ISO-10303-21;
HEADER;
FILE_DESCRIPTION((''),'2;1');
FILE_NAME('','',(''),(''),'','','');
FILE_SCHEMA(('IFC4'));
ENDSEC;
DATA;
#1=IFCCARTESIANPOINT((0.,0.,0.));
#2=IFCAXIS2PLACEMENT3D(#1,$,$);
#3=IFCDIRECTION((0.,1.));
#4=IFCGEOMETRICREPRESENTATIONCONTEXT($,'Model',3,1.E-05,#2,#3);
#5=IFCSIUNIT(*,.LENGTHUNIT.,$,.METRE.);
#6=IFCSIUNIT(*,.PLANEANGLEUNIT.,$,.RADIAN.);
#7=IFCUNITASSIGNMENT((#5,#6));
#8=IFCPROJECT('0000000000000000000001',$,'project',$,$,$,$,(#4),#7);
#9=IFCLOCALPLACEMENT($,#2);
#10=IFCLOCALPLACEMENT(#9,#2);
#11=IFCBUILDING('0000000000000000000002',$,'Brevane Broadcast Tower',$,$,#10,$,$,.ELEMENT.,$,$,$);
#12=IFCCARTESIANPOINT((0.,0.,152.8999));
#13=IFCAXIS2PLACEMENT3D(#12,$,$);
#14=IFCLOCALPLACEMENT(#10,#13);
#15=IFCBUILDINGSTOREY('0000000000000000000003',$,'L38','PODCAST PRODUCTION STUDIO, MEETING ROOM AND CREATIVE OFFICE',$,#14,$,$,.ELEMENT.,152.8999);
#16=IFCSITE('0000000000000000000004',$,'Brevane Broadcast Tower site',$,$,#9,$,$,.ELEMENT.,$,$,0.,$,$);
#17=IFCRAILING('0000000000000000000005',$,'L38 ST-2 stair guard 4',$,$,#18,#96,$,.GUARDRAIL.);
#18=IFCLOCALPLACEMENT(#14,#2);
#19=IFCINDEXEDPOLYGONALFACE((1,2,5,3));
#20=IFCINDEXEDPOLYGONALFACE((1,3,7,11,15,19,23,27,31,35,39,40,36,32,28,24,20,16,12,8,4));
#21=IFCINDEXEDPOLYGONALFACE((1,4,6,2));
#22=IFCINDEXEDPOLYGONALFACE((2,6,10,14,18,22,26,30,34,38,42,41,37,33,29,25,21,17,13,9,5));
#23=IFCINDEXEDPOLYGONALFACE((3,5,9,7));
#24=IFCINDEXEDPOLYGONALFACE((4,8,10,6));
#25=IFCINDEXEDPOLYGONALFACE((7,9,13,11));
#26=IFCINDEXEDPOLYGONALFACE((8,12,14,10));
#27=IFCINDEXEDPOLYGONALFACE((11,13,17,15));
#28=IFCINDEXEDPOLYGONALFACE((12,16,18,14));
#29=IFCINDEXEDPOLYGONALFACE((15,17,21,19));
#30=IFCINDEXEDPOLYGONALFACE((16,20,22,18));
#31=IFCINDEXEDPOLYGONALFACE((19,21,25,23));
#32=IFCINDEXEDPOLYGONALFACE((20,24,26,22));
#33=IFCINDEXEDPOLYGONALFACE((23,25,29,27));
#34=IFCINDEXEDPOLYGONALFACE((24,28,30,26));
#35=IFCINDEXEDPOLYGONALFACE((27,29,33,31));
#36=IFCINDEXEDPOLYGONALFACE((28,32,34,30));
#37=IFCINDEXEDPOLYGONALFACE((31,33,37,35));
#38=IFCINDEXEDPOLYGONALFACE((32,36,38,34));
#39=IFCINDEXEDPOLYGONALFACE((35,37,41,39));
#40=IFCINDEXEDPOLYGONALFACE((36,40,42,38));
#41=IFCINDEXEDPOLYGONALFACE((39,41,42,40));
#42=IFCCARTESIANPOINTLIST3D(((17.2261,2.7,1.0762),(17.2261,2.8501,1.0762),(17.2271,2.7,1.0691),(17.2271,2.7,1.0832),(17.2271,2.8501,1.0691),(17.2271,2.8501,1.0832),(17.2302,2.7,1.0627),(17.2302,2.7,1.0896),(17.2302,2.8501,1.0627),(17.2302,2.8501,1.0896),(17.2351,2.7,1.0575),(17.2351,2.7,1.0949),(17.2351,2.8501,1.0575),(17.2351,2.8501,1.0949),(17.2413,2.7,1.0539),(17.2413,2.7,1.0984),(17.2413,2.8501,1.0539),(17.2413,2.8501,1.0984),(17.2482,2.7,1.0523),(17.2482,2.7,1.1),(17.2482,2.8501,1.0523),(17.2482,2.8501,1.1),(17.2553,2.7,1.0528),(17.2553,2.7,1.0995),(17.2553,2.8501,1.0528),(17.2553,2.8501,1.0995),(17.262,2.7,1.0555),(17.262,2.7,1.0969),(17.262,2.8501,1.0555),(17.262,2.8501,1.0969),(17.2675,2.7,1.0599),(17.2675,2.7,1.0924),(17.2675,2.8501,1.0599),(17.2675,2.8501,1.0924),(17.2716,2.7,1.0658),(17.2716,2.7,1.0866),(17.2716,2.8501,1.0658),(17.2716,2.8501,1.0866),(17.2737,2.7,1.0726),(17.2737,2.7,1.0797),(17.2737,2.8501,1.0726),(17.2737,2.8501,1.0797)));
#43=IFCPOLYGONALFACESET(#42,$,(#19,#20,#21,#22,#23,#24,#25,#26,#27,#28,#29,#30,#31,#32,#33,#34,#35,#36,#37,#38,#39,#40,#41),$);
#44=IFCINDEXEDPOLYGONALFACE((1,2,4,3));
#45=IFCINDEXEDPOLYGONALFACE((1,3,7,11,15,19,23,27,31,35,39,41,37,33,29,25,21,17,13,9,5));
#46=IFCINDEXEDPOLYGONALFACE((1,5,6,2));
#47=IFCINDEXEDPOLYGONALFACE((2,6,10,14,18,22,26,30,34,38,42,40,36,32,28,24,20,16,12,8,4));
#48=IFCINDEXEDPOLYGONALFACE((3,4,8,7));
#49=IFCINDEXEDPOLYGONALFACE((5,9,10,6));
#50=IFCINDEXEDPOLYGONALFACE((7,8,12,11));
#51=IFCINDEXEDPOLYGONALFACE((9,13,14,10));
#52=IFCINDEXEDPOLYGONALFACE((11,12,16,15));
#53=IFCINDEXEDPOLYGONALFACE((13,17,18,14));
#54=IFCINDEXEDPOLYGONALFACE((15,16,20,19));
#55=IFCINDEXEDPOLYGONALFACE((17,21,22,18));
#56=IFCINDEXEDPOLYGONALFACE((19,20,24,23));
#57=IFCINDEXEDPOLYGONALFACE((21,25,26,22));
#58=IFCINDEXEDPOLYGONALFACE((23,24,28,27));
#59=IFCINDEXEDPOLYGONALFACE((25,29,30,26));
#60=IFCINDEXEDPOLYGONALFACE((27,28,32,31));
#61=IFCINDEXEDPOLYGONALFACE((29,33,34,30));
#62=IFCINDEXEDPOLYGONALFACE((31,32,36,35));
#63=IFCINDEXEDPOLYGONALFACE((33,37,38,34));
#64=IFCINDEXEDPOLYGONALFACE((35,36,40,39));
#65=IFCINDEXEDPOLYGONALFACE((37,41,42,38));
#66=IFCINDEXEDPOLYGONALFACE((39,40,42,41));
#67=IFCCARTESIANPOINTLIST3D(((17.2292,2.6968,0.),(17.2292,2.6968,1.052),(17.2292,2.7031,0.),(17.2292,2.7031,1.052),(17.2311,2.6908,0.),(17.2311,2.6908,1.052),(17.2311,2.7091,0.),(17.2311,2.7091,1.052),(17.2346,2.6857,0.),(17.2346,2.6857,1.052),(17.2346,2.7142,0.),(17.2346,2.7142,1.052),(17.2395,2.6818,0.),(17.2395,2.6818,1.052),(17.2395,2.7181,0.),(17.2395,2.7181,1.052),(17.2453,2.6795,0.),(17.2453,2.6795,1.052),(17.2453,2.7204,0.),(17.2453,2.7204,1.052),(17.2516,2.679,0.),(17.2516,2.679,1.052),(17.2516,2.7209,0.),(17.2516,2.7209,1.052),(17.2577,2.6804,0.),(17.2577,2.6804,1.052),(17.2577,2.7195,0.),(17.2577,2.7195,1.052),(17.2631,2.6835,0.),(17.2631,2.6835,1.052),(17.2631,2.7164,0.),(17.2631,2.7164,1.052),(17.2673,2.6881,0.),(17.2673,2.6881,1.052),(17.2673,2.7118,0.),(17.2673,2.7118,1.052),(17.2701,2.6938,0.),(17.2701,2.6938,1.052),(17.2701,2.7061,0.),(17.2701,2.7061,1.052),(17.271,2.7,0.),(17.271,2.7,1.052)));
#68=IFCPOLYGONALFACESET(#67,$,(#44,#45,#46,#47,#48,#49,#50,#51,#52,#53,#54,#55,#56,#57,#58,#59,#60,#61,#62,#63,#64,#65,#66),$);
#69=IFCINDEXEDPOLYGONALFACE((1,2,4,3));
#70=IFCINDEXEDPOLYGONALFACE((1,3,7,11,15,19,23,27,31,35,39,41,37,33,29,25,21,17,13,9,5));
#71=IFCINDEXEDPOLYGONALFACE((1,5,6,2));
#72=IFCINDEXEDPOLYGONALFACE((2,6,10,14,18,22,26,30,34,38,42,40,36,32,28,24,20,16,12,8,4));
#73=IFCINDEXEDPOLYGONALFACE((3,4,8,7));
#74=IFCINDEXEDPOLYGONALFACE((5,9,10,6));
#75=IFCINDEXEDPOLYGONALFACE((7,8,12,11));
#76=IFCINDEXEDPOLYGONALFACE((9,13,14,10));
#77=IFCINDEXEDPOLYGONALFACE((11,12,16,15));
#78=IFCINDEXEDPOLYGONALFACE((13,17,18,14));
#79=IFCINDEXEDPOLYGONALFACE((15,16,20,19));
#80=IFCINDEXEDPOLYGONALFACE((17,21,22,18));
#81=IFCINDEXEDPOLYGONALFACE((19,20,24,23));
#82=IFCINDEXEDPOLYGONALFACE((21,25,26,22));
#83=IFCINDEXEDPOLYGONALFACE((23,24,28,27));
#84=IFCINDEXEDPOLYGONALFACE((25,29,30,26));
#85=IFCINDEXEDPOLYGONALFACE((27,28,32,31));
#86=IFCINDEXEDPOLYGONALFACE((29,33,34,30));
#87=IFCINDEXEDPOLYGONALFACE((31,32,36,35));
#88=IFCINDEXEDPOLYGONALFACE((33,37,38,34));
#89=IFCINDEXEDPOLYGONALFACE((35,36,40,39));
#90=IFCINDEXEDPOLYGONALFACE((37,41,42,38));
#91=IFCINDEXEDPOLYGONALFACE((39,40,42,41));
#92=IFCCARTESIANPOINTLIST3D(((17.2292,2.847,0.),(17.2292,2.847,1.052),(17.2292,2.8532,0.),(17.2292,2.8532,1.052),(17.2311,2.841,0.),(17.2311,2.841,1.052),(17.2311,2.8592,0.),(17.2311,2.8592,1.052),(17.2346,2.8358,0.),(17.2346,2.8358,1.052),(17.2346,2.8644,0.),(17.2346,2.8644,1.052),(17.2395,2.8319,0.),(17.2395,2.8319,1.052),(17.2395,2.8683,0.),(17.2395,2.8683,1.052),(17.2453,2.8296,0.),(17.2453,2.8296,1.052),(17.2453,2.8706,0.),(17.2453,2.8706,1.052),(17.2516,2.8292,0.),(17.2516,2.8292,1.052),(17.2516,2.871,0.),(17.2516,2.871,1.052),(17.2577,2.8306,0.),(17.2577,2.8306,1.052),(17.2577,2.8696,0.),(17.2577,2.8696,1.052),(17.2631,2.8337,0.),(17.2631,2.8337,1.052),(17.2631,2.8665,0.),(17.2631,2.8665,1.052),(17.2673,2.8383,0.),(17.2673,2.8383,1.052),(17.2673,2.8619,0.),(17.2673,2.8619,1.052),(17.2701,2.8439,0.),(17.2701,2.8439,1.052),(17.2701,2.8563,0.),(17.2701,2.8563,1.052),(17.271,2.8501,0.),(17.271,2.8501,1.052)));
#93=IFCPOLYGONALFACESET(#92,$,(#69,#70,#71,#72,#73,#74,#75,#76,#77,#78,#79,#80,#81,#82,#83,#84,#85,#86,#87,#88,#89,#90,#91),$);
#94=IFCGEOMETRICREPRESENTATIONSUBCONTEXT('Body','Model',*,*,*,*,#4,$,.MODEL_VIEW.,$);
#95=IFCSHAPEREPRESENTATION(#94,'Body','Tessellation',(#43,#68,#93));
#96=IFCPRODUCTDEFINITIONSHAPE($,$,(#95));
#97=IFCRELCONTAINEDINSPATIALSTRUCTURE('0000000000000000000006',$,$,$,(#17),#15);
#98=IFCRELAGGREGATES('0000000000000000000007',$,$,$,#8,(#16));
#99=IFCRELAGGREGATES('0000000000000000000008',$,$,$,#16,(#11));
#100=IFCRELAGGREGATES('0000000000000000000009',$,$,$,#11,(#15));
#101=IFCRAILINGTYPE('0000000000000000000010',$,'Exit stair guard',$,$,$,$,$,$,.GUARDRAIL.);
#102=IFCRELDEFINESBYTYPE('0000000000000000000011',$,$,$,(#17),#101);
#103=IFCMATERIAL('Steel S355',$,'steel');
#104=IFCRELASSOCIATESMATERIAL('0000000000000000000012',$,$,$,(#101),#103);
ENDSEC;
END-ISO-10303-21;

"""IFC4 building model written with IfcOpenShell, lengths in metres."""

from ifc_helpers import new_model, si_unit, direction, frame, origin, origin_2d, place, context, subcontext, project, spatial, circle, extrude, material, type_object, element, save


model = new_model("IFC4")

# Units and contexts
model_context = context("Model", 3, precision=1e-05, world=origin(), true_north=direction((0.0, 1.0)))
body_context = subcontext(model_context, "Body", "Model", "MODEL_VIEW")
ifc_project = project(units=[si_unit("LENGTHUNIT", "METRE"), si_unit("PLANEANGLEUNIT", "RADIAN")], contexts=[model_context])

# Site, building, storey
site_placement = place(None, origin())
site = spatial("IfcSite", under=ifc_project, at=site_placement, Name="Brevane Broadcast Tower site", CompositionType="ELEMENT", RefElevation=0.0)
building_placement = place(site_placement, origin())
building = spatial("IfcBuilding", under=site, at=building_placement, Name="Brevane Broadcast Tower", CompositionType="ELEMENT")
storey_placement = place(building_placement, frame((0.0, 0.0, 152.8999)))
storey = spatial("IfcBuildingStorey", under=building, at=storey_placement, Name="L38", Description="PODCAST PRODUCTION STUDIO, MEETING ROOM AND CREATIVE OFFICE", CompositionType="ELEMENT", Elevation=152.8999)

# Railing
ifc_material_1 = material(Name="Steel S355", Category="steel")
railing_type_1 = type_object("IfcRailingType", Name="Exit stair guard", PredefinedType="GUARDRAIL", material=ifc_material_1)
railing_1_placement = place(storey_placement, frame((17.25, 2.7, 0.0)))
element("IfcRailing", 1, at=railing_1_placement, inside=storey, type_object=railing_type_1, Name="L38 ST-2 stair guard 4", PredefinedType="GUARDRAIL", context=body_context, shape_type="SweptSolid", body=[
    extrude(circle(Radius=0.0239, at=origin_2d()), frame((0.0, 0.0, 1.0762), z_axis=(0.0, 1.0, 0.0), x_axis=(-1.0, 0.0, 0.0)), (0.0, 0.0, 1.0), 0.1501),
    extrude(circle(Radius=0.021, at=origin_2d()), origin(), (0.0, 0.0, 1.0), 1.052),
    extrude(circle(Radius=0.021, at=origin_2d()), frame((0.0, 0.1501, 0.0)), (0.0, 0.0, 1.0), 1.052),
])

save(model, "model.ifc")
